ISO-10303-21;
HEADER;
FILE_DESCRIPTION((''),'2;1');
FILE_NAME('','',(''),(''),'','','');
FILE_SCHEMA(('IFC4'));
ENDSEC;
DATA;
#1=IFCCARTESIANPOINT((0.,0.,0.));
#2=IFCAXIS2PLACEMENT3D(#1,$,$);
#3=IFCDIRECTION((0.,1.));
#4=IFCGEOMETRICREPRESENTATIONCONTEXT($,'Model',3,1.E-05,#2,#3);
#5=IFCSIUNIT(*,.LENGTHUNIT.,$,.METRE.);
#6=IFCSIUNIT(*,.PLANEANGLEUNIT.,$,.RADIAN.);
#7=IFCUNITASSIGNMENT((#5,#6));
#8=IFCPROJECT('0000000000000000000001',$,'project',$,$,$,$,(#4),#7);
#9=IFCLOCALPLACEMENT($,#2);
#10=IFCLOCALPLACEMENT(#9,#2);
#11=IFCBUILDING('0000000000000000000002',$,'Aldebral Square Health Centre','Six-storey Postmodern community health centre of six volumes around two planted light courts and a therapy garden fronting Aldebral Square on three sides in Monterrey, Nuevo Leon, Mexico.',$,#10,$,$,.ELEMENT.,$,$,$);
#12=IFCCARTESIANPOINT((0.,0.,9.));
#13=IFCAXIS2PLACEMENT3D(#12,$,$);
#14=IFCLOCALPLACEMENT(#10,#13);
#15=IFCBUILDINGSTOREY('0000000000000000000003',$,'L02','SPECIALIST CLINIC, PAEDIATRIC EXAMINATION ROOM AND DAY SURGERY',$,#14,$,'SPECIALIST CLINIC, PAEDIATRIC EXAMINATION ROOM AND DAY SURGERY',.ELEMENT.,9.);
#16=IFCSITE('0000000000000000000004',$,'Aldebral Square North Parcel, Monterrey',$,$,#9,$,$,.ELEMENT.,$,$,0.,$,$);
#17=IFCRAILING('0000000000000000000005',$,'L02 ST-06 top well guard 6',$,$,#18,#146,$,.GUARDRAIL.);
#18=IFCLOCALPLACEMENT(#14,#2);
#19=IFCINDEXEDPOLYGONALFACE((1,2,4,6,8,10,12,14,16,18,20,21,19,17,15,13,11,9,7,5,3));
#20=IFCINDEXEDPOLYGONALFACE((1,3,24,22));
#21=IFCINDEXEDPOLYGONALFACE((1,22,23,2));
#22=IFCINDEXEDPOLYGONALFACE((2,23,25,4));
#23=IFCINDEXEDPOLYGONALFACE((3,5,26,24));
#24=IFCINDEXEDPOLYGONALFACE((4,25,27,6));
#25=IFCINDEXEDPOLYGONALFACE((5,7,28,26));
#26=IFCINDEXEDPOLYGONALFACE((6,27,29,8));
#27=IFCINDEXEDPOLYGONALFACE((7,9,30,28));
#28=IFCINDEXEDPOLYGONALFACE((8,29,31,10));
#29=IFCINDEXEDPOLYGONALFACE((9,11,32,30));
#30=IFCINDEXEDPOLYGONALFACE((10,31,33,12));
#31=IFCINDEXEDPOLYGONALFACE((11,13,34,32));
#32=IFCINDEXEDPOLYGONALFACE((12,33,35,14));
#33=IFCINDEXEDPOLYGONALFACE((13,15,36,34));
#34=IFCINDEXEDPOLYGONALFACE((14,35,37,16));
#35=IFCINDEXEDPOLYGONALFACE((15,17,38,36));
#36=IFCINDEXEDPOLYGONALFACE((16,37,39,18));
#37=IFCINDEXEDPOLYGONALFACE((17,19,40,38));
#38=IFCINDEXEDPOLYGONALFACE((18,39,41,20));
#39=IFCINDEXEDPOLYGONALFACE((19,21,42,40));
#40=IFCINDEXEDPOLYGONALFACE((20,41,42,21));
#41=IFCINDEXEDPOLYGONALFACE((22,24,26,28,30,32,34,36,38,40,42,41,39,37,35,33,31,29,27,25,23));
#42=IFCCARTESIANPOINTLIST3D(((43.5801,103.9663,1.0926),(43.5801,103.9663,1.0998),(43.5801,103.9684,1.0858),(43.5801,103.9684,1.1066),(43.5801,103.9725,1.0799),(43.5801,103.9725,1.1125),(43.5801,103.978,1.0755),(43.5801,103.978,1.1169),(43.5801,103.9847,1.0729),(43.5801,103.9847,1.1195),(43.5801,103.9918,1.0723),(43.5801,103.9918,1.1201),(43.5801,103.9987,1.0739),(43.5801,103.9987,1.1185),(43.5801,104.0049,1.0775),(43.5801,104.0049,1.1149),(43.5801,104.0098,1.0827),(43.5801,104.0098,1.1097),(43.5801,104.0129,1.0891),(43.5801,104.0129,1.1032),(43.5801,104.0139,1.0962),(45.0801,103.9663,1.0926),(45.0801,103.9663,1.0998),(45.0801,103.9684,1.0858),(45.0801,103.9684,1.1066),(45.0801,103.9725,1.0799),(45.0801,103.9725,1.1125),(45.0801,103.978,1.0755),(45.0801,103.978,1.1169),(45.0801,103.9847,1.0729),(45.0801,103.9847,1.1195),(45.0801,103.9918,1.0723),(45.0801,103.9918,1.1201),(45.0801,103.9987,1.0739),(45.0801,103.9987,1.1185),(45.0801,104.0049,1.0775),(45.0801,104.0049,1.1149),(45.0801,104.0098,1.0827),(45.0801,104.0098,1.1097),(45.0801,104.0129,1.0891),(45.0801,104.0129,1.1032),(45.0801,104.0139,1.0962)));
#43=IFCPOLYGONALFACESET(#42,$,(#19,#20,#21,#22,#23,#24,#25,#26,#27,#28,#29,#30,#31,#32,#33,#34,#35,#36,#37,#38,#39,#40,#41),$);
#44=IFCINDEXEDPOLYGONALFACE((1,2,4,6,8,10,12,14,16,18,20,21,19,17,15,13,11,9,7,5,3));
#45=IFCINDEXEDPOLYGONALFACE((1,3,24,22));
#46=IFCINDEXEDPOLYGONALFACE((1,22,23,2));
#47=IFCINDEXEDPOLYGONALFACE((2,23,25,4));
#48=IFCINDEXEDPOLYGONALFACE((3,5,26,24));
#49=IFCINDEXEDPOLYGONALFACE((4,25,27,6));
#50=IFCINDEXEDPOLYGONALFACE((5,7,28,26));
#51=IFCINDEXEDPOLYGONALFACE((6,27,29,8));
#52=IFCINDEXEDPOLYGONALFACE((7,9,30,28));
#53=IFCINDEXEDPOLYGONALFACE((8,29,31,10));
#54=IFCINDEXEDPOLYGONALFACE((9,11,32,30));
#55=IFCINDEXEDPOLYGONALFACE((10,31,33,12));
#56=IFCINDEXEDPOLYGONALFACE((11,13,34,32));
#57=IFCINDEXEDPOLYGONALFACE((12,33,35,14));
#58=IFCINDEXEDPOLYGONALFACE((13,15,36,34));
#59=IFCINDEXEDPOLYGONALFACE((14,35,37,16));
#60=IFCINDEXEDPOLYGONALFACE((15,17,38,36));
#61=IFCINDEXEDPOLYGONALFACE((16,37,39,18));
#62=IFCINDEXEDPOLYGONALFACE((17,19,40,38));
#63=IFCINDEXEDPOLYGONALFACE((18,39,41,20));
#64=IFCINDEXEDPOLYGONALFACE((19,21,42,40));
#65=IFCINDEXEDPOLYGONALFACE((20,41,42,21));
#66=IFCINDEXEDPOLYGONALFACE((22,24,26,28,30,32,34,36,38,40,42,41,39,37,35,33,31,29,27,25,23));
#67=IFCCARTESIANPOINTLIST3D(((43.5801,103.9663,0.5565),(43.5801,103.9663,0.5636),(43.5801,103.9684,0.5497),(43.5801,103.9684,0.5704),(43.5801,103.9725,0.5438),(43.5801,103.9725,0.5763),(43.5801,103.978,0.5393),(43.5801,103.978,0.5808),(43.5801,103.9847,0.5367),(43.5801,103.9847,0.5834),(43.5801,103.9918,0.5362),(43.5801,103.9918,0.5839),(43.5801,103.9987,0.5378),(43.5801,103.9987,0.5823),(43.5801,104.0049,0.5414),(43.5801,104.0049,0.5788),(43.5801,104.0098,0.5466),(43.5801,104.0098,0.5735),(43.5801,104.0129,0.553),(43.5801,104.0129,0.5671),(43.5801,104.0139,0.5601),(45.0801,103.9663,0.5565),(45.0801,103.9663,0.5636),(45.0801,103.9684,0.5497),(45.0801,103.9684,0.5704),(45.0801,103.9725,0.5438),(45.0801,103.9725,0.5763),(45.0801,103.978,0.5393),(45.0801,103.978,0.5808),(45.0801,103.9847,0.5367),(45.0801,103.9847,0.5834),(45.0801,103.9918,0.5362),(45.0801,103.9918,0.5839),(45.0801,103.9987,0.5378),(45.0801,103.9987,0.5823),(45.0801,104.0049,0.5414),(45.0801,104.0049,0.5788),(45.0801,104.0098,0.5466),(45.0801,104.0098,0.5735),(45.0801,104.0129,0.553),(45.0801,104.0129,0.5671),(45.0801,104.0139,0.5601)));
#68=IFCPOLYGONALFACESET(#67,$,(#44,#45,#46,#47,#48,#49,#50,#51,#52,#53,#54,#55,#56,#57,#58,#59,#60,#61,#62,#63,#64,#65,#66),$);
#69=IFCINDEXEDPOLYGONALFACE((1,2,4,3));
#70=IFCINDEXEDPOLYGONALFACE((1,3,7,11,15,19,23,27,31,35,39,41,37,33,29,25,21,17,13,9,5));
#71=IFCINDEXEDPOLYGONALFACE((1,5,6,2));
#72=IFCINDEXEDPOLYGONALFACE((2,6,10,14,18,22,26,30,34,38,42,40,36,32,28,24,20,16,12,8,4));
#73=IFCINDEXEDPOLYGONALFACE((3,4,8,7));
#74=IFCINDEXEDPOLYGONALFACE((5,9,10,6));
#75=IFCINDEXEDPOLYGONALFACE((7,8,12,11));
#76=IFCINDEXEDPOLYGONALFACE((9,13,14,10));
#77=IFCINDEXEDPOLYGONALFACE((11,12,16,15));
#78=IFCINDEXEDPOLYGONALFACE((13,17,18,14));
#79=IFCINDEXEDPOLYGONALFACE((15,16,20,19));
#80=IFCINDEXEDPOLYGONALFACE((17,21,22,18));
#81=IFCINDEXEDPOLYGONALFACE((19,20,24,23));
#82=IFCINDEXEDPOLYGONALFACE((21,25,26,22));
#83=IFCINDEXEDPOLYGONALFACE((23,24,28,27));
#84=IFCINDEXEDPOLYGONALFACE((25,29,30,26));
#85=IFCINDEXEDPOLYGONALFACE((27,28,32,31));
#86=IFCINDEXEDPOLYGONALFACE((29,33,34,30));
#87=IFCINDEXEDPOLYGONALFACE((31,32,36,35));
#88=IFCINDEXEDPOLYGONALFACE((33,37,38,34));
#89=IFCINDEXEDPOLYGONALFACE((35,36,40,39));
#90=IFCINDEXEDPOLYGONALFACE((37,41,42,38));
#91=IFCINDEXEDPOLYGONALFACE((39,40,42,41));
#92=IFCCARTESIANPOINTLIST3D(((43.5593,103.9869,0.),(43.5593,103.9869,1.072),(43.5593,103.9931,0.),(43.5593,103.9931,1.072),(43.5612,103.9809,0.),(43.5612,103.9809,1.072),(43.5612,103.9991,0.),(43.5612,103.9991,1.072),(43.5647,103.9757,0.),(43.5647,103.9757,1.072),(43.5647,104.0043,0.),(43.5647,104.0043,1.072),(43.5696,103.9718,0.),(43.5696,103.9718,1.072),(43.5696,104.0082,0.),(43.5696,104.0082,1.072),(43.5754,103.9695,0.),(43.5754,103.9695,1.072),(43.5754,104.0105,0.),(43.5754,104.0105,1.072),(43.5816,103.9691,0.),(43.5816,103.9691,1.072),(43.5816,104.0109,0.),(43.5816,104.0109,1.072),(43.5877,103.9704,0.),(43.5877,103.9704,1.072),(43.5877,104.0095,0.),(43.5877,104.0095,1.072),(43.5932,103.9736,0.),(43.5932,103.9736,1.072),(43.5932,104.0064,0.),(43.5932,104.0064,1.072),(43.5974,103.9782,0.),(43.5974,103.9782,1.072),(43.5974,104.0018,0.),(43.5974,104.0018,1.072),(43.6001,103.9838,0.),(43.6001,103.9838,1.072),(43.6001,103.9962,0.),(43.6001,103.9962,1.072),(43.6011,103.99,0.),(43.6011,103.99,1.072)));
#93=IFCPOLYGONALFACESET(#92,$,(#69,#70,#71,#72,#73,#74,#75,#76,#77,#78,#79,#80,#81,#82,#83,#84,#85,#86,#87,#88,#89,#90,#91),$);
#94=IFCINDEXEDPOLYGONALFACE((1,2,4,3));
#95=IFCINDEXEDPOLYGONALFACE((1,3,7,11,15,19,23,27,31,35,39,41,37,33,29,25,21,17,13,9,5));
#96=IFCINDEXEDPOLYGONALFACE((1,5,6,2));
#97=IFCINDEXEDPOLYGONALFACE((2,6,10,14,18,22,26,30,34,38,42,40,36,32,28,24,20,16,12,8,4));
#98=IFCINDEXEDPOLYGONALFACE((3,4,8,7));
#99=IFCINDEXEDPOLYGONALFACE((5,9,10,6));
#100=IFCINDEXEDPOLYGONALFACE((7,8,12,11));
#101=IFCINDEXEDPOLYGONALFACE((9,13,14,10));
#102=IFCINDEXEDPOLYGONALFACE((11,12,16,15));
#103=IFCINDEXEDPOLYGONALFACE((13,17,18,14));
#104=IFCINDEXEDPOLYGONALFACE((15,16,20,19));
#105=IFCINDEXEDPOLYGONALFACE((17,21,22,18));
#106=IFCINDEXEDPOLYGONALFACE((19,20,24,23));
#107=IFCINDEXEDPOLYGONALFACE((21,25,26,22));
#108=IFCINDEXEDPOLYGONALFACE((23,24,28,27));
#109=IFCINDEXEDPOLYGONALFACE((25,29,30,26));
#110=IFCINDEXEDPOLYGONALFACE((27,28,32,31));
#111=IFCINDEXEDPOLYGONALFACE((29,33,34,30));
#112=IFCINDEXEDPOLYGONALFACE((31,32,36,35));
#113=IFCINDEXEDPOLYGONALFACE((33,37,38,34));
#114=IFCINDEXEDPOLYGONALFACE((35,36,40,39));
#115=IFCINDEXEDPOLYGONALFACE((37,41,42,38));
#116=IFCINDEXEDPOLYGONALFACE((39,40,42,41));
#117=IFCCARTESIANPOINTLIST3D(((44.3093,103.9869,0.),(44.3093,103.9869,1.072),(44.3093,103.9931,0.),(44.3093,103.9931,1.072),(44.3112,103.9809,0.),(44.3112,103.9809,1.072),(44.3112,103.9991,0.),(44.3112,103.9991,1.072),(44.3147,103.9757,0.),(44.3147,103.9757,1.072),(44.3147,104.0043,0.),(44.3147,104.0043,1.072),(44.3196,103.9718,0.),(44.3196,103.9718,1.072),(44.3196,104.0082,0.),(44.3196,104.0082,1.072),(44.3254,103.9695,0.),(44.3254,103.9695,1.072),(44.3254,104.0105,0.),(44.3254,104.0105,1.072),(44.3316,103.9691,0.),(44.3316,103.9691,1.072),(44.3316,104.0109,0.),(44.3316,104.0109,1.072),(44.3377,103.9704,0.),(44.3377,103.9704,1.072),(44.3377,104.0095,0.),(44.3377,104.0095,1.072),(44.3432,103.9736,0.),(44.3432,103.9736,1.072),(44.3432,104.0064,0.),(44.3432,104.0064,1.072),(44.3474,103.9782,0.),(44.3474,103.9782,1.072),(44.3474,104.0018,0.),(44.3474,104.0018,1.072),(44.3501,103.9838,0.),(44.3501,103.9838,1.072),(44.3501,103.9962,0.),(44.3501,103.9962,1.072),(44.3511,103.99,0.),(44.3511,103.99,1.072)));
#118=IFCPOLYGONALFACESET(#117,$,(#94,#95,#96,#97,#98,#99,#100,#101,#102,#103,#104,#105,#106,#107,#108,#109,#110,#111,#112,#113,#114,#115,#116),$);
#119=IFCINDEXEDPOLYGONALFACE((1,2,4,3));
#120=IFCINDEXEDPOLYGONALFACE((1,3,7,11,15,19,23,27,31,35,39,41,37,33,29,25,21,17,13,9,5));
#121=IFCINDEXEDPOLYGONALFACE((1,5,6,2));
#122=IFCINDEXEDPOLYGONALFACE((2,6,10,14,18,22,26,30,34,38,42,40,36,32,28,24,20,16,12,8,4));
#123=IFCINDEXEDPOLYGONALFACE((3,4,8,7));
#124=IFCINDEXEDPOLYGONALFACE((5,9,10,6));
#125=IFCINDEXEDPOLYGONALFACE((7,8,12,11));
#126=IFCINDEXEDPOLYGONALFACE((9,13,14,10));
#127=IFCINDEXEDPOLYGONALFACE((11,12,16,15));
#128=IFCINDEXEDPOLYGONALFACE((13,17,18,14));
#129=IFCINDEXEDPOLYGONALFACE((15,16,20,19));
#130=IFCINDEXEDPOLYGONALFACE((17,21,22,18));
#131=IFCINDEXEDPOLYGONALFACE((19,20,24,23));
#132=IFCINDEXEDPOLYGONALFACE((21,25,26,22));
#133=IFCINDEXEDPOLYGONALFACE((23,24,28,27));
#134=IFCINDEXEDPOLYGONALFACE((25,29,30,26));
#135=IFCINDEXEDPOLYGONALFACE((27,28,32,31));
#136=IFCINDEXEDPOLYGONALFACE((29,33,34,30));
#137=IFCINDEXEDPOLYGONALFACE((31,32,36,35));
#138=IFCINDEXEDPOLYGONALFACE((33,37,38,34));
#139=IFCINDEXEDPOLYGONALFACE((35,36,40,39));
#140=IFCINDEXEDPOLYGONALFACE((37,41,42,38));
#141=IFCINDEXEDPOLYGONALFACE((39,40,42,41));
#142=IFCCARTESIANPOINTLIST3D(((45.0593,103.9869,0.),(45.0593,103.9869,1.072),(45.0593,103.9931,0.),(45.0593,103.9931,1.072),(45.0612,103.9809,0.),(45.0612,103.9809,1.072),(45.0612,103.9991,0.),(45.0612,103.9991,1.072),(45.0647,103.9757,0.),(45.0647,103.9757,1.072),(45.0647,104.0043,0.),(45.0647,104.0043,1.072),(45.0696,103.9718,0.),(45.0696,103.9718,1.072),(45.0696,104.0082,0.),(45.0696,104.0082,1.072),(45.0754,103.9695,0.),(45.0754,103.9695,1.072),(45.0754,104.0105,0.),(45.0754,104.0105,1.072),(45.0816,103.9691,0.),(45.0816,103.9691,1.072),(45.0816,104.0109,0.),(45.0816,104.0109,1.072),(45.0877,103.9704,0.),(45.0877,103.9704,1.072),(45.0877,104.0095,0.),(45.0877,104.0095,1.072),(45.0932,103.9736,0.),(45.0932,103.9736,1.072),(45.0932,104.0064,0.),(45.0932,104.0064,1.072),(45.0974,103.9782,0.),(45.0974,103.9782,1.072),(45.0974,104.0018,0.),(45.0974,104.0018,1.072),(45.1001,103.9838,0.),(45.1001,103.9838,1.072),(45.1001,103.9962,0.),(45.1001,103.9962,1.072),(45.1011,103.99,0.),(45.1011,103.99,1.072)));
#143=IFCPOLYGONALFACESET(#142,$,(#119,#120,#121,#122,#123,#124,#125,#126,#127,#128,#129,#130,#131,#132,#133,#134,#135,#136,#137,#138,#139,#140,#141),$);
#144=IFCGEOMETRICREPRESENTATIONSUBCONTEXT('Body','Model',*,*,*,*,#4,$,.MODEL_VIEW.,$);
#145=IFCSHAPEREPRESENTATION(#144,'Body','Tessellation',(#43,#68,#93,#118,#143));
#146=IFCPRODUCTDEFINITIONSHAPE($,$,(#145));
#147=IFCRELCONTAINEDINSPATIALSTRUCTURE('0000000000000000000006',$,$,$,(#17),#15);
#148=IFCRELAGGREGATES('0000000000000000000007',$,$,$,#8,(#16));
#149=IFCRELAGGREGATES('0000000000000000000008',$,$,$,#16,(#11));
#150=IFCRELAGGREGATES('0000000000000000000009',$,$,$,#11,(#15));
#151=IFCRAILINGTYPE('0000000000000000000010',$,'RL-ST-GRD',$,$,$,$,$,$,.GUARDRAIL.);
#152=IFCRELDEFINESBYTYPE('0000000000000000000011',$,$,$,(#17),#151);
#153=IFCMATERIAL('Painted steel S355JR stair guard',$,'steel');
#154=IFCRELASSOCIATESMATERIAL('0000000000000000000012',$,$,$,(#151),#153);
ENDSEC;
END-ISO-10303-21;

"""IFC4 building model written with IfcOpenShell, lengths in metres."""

from ifc_helpers import new_model, si_unit, direction, frame, origin, origin_2d, place, context, subcontext, project, spatial, circle, extrude, material, type_object, element, save


model = new_model("IFC4")

# Units and contexts
model_context = context("Model", 3, precision=1e-05, world=origin(), true_north=direction((0.0, 1.0)))
body_context = subcontext(model_context, "Body", "Model", "MODEL_VIEW")
ifc_project = project(units=[si_unit("LENGTHUNIT", "METRE"), si_unit("PLANEANGLEUNIT", "RADIAN")], contexts=[model_context])

# Site, building, storey
site_placement = place(None, origin())
site = spatial("IfcSite", under=ifc_project, at=site_placement, Name="Aldebral Square North Parcel, Monterrey", CompositionType="ELEMENT", RefElevation=0.0)
building_placement = place(site_placement, origin())
building = spatial("IfcBuilding", under=site, at=building_placement, Name="Aldebral Square Health Centre", Description="Six-storey Postmodern community health centre of six volumes around two planted light courts and a therapy garden fronting Aldebral Square on three sides in Monterrey, Nuevo Leon, Mexico.", CompositionType="ELEMENT")
storey_placement = place(building_placement, frame((0.0, 0.0, 9.0)))
storey = spatial("IfcBuildingStorey", under=building, at=storey_placement, Name="L02", Description="SPECIALIST CLINIC, PAEDIATRIC EXAMINATION ROOM AND DAY SURGERY", LongName="SPECIALIST CLINIC, PAEDIATRIC EXAMINATION ROOM AND DAY SURGERY", CompositionType="ELEMENT", Elevation=9.0)

# Railing
ifc_material_1 = material(Name="Painted steel S355JR stair guard", Category="steel")
railing_type = type_object("IfcRailingType", Name="RL-ST-GRD", PredefinedType="GUARDRAIL", material=ifc_material_1)
railing_1_placement = place(storey_placement, frame((43.5801, 103.99, 0.0)))
element("IfcRailing", 1, at=railing_1_placement, inside=storey, type_object=railing_type, Name="L02 ST-06 top well guard 6", PredefinedType="GUARDRAIL", context=body_context, shape_type="SweptSolid", body=[
    extrude(circle(Radius=0.0239, at=origin_2d()), frame((0.0, 0.0, 1.0962), z_axis=(1.0, 0.0, 0.0), x_axis=(0.0, 1.0, 0.0)), (0.0, 0.0, 1.0), 1.5),
    extrude(circle(Radius=0.0239, at=origin_2d()), frame((0.0, 0.0, 0.5601), z_axis=(1.0, 0.0, 0.0), x_axis=(0.0, 1.0, 0.0)), (0.0, 0.0, 1.0), 1.5),
    extrude(circle(Radius=0.021, at=origin_2d()), origin(), (0.0, 0.0, 1.0), 1.072),
    extrude(circle(Radius=0.021, at=origin_2d()), frame((0.75, 0.0, 0.0)), (0.0, 0.0, 1.0), 1.072),
    extrude(circle(Radius=0.021, at=origin_2d()), frame((1.5, 0.0, 0.0)), (0.0, 0.0, 1.0), 1.072),
])

save(model, "model.ifc")
